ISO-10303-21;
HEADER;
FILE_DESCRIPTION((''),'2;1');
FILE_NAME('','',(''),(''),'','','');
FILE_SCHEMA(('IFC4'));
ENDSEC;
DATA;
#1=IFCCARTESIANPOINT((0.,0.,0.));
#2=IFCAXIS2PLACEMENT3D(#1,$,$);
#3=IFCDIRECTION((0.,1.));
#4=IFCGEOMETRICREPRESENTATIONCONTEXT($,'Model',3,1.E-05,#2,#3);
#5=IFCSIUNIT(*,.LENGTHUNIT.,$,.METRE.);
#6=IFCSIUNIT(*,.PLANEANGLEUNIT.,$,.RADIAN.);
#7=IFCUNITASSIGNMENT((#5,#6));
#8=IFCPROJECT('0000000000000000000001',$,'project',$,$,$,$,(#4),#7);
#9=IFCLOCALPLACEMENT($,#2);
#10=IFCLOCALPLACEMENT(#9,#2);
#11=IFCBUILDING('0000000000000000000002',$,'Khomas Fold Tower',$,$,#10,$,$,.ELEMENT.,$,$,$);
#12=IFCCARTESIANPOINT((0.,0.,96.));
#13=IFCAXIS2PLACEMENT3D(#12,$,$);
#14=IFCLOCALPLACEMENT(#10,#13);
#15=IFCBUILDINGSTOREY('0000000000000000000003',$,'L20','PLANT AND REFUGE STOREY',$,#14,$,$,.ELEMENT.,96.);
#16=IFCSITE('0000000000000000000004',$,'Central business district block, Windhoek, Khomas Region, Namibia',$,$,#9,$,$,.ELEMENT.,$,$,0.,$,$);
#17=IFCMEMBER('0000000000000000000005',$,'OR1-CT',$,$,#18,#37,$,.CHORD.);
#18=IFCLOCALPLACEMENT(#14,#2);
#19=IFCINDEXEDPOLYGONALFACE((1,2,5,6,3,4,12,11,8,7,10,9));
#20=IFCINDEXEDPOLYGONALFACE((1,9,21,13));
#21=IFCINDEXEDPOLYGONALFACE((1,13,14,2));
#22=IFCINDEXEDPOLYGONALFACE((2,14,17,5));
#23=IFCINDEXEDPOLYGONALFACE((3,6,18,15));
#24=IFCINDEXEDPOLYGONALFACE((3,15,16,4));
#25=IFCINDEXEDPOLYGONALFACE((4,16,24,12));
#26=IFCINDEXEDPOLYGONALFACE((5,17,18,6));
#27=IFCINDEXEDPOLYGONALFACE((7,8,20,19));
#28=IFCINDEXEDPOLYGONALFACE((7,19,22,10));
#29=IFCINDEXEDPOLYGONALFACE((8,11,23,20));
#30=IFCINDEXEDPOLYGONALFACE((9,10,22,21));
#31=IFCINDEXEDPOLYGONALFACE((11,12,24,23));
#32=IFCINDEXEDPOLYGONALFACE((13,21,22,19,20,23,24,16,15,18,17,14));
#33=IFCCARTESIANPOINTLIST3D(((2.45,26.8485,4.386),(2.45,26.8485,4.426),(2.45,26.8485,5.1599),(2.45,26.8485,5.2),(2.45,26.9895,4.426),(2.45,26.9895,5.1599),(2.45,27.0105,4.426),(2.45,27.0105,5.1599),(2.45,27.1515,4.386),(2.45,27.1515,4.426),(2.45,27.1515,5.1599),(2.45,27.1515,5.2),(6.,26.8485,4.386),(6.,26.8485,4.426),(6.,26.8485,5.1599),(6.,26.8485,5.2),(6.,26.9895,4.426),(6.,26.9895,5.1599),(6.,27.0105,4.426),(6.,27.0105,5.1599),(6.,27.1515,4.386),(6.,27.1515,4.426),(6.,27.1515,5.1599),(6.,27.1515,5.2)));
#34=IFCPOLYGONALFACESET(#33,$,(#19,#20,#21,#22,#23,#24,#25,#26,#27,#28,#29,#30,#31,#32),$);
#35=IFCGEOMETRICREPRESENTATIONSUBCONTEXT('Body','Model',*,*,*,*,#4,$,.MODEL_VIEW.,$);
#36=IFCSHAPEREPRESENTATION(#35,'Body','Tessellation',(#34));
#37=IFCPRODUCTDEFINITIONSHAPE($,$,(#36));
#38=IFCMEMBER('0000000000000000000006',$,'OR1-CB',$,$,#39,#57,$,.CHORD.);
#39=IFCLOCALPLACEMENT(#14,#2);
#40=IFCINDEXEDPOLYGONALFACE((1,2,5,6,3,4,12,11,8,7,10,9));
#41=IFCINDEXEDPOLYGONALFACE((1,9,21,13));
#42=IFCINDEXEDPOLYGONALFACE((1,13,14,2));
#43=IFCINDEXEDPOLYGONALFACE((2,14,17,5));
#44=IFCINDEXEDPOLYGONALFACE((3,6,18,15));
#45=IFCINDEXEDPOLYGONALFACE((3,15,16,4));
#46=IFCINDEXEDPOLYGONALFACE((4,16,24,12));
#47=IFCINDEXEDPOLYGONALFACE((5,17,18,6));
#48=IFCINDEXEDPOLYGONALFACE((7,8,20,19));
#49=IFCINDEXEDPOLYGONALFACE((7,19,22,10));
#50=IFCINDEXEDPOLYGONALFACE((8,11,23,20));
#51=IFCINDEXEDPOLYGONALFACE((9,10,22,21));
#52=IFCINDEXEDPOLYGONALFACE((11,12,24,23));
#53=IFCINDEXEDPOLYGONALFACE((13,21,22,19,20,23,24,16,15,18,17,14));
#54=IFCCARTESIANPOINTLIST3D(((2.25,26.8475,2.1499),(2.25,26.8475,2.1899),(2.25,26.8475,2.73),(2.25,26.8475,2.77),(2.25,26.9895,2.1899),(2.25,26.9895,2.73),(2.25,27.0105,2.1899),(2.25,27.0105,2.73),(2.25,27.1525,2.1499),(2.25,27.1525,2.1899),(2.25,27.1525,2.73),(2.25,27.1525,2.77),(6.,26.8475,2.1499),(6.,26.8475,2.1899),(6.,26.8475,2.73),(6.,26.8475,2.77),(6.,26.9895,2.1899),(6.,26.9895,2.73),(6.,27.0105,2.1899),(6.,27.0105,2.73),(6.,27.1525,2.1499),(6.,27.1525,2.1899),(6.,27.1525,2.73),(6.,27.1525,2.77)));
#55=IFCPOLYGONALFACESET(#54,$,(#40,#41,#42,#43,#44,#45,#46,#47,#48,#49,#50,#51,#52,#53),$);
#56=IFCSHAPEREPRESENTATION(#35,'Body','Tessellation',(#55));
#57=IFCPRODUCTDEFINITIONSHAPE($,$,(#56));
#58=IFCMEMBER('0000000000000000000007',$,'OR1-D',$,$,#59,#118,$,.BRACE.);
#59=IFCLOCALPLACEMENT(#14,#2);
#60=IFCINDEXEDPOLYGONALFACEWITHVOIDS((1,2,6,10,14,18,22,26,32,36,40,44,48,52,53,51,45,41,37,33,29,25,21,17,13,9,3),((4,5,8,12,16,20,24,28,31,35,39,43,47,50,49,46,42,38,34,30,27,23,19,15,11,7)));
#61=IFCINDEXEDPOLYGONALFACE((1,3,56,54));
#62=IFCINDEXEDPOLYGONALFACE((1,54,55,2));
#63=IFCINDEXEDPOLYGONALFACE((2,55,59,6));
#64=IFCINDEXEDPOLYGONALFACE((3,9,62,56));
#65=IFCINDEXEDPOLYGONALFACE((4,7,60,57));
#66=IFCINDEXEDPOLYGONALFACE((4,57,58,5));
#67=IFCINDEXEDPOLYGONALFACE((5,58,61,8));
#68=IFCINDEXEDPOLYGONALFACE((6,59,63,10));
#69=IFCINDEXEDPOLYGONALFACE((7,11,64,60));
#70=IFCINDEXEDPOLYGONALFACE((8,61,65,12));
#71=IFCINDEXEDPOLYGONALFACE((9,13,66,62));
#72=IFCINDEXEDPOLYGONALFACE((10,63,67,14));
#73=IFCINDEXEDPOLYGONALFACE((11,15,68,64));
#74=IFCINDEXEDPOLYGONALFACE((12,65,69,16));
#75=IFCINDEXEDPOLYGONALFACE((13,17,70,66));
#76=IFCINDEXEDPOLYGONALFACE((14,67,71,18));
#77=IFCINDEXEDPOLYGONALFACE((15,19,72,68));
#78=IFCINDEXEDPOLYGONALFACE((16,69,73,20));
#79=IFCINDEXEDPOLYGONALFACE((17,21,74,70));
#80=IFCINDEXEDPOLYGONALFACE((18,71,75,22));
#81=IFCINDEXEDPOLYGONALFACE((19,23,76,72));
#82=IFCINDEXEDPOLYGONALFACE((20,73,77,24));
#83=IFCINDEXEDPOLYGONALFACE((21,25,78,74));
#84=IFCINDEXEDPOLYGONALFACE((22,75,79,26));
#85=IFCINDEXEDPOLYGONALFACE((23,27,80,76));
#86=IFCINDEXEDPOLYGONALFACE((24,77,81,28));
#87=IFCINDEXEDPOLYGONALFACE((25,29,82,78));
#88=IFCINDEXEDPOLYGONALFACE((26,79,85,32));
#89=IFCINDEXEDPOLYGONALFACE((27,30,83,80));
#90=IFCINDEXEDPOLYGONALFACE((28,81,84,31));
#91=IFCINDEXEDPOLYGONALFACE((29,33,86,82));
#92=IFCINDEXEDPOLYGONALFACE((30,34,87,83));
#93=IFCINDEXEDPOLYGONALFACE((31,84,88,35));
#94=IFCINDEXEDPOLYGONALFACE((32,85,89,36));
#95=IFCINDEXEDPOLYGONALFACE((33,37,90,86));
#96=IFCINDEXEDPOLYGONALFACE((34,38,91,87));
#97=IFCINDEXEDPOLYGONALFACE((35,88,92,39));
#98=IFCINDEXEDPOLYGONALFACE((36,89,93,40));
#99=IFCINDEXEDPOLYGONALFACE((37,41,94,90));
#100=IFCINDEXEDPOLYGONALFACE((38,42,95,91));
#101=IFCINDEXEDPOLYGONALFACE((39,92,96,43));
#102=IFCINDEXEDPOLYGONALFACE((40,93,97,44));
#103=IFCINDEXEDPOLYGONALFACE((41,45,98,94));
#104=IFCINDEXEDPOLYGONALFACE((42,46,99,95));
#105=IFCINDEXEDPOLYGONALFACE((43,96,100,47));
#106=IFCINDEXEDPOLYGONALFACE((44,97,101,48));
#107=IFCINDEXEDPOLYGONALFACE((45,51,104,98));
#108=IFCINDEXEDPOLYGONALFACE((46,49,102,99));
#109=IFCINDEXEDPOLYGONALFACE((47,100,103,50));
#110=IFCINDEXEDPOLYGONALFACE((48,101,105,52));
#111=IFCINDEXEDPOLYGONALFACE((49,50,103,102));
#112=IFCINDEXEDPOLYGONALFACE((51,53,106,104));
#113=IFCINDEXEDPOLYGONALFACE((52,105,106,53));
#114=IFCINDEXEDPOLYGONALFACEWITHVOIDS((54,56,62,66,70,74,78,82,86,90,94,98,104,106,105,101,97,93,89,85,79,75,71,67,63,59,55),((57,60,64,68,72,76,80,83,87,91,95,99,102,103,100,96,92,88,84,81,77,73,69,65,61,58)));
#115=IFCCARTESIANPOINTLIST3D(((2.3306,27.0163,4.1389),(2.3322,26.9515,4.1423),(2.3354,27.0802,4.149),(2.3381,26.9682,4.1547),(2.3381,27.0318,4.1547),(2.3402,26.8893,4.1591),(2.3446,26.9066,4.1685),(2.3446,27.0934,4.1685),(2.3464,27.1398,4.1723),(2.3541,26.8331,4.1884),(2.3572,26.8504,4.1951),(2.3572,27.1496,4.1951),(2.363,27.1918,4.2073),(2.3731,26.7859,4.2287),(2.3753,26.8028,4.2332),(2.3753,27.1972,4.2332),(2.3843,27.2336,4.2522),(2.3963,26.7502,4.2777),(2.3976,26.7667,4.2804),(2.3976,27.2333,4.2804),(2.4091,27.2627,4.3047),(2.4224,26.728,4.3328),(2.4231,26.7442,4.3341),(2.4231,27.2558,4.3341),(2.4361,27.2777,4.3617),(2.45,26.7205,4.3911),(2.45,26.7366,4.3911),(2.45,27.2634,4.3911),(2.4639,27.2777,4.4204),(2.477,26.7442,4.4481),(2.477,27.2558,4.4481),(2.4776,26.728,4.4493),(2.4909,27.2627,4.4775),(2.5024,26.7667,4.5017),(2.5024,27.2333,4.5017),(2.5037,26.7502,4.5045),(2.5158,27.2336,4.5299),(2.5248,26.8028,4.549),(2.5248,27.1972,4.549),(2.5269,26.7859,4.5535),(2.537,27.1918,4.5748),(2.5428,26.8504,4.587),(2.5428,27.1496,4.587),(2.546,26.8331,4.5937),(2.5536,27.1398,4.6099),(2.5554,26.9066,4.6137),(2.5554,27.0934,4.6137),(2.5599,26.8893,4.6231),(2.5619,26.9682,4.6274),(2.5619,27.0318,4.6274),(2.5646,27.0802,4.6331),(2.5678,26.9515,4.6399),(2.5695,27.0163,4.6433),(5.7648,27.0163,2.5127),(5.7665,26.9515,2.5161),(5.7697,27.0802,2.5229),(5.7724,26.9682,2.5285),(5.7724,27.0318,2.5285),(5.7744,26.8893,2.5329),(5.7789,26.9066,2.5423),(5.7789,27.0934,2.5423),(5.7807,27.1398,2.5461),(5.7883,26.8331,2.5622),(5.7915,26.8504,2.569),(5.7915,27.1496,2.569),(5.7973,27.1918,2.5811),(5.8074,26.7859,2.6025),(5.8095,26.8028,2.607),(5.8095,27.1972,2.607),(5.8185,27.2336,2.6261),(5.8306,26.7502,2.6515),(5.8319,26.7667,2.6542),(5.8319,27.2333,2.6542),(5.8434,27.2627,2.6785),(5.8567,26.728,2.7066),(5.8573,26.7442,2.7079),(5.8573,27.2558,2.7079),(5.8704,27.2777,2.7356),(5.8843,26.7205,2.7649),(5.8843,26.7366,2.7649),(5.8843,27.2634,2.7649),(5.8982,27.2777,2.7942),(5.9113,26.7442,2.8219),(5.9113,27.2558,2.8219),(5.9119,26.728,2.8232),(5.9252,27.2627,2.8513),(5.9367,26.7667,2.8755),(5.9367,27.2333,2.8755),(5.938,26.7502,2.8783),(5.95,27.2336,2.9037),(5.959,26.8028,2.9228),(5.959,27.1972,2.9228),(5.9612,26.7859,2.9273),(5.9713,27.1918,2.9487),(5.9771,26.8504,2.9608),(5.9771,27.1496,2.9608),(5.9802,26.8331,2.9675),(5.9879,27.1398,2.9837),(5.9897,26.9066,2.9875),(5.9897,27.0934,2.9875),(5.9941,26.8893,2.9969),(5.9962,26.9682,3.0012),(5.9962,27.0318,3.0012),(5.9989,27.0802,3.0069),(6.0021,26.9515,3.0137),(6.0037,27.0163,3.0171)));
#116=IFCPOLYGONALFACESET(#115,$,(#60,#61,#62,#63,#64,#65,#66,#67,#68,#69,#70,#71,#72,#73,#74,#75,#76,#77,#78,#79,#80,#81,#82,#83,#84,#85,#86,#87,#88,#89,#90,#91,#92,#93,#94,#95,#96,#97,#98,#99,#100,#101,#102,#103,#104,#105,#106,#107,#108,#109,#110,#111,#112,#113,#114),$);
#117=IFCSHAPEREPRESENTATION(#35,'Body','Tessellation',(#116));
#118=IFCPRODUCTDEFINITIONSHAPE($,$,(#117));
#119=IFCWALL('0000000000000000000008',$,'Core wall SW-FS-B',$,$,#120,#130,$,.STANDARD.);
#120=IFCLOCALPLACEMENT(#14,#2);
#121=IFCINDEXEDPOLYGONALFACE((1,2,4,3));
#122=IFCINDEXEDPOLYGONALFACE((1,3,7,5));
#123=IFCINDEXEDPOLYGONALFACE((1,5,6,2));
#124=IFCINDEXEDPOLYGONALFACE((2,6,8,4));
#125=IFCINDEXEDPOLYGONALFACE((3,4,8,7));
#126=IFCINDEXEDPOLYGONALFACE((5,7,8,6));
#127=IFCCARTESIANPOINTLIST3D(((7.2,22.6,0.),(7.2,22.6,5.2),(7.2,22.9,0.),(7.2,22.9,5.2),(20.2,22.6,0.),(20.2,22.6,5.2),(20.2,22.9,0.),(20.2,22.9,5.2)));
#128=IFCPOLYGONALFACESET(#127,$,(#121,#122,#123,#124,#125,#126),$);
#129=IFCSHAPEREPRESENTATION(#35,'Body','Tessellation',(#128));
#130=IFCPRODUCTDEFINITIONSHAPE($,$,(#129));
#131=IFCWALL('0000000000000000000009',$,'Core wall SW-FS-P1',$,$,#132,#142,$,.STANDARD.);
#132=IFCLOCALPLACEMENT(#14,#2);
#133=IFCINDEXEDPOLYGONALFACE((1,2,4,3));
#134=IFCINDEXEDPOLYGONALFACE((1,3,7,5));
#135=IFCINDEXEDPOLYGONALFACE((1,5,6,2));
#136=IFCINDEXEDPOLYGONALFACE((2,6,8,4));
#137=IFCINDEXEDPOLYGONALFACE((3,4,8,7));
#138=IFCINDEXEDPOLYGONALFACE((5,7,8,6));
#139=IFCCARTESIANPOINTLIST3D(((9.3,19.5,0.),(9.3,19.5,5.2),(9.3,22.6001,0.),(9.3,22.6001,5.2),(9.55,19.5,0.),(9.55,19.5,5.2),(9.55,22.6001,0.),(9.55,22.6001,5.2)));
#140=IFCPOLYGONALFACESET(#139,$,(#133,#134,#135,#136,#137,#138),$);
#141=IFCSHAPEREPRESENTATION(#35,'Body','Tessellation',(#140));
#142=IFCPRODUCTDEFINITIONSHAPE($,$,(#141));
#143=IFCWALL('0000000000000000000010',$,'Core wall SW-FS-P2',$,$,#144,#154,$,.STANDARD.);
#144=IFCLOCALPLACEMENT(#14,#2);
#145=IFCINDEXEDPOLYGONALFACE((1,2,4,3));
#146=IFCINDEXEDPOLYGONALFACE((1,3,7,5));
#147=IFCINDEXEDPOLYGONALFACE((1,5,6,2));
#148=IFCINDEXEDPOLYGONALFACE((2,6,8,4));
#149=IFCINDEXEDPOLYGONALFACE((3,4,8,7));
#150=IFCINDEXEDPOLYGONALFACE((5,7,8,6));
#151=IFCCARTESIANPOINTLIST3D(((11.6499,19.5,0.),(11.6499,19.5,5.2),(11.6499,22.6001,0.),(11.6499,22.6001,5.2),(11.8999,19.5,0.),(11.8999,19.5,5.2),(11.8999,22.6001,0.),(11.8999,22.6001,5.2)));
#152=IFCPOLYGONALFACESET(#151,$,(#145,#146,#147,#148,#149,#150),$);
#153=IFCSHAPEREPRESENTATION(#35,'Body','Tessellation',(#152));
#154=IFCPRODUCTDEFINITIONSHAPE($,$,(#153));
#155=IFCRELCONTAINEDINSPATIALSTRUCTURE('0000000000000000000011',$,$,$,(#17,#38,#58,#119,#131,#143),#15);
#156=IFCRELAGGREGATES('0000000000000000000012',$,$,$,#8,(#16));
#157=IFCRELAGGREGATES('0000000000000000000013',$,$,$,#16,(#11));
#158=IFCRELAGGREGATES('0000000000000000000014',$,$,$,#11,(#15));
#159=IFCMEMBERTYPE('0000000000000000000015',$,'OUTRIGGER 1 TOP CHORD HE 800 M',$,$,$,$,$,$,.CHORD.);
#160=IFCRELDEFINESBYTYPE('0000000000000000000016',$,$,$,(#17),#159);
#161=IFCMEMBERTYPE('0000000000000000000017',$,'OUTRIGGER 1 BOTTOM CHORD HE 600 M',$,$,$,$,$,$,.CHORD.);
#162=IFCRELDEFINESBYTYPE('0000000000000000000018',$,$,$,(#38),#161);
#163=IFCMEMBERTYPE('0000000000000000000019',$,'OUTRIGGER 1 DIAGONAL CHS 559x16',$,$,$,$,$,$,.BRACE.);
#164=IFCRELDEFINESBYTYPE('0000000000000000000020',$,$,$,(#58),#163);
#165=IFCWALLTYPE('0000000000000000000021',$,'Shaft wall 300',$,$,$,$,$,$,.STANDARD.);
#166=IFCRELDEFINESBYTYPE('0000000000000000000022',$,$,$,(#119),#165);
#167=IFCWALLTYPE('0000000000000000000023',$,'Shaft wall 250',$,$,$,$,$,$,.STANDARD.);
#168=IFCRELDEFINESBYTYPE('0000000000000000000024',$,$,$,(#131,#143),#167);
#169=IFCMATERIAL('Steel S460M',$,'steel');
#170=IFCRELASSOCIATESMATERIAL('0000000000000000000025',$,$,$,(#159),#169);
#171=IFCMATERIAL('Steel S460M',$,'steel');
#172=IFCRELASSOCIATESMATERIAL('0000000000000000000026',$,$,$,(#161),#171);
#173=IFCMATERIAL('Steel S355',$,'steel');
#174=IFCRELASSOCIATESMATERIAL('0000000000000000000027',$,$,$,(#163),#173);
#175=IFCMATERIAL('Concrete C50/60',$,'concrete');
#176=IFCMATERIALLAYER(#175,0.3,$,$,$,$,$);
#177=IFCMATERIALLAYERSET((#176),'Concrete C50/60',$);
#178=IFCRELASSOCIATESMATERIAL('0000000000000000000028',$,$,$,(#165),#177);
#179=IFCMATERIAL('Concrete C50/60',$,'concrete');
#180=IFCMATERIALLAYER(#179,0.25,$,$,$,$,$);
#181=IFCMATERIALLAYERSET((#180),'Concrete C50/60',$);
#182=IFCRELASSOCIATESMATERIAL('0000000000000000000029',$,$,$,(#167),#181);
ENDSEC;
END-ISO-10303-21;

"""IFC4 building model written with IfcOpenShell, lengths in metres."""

from ifc_helpers import new_model, si_unit, direction, frame, frame_2d, origin, origin_2d, place, context, subcontext, project, spatial, rectangle, hollow_circle, i_section, extrude, source, transform, mapped, material, layer, layer_set, material_profile, profile_set, type_object, element, save


model = new_model("IFC4")

# Units and contexts
model_context = context("Model", 3, precision=1e-05, world=origin(), true_north=direction((0.0, 1.0)))
body_context = subcontext(model_context, "Body", "Model", "MODEL_VIEW")
ifc_project = project(units=[si_unit("LENGTHUNIT", "METRE"), si_unit("PLANEANGLEUNIT", "RADIAN")], contexts=[model_context])

# Site, building, storey
site_placement = place(None, origin())
site = spatial("IfcSite", under=ifc_project, at=site_placement, Name="Central business district block, Windhoek, Khomas Region, Namibia", CompositionType="ELEMENT", RefElevation=0.0)
building_placement = place(site_placement, origin())
building = spatial("IfcBuilding", under=site, at=building_placement, Name="Khomas Fold Tower", CompositionType="ELEMENT")
storey_placement = place(building_placement, frame((0.0, 0.0, 96.0)))
storey = spatial("IfcBuildingStorey", under=building, at=storey_placement, Name="L20", Description="PLANT AND REFUGE STOREY", CompositionType="ELEMENT", Elevation=96.0)

# Members
ifc_material_1 = material(Name="Steel S460M", Category="steel")
ifc_material_profile_1 = material_profile(ifc_material_1, i_section(OverallWidth=0.303, OverallDepth=0.814, WebThickness=0.021, FlangeThickness=0.04, at=origin_2d()), Name="HE 800 M")
ifc_profile_set_1 = profile_set([ifc_material_profile_1], Name="Steel S460M")
member_type_1 = type_object("IfcMemberType", Name="OUTRIGGER 1 TOP CHORD HE 800 M", PredefinedType="CHORD", material=ifc_profile_set_1)
shared_shape_1 = source(origin(), body_context, "Body", "SweptSolid", [
    extrude(i_section(OverallWidth=0.303, OverallDepth=0.814, WebThickness=0.021, FlangeThickness=0.04, at=origin_2d()), origin(), (0.0, 0.0, 1.0), 3.55),
])
member_1_placement = place(storey_placement, frame((6.0, 27.0, 4.793), z_axis=(-1.0, 0.0, 0.0), x_axis=(0.0, -1.0, 0.0)))
element("IfcMember", 1, at=member_1_placement, inside=storey, type_object=member_type_1, Name="OR1-CT", PredefinedType="CHORD", context=body_context, shape_type="MappedRepresentation", body=[
    mapped(shared_shape_1, transform((0.0, 0.0, 0.0))),
])
ifc_material_2 = material(Name="Steel S460M", Category="steel")
ifc_material_profile_2 = material_profile(ifc_material_2, i_section(OverallWidth=0.3049, OverallDepth=0.6201, WebThickness=0.021, FlangeThickness=0.04, at=origin_2d()), Name="HE 600 M")
ifc_profile_set_2 = profile_set([ifc_material_profile_2], Name="Steel S460M")
member_type_2 = type_object("IfcMemberType", Name="OUTRIGGER 1 BOTTOM CHORD HE 600 M", PredefinedType="CHORD", material=ifc_profile_set_2)
shared_shape_2 = source(origin(), body_context, "Body", "SweptSolid", [
    extrude(i_section(OverallWidth=0.3049, OverallDepth=0.6201, WebThickness=0.021, FlangeThickness=0.04, at=origin_2d()), origin(), (0.0, 0.0, 1.0), 3.75),
])
member_2_placement = place(storey_placement, frame((6.0, 27.0, 2.46), z_axis=(-1.0, 0.0, 0.0), x_axis=(0.0, -1.0, 0.0)))
element("IfcMember", 2, at=member_2_placement, inside=storey, type_object=member_type_2, Name="OR1-CB", PredefinedType="CHORD", context=body_context, shape_type="MappedRepresentation", body=[
    mapped(shared_shape_2, transform((0.0, 0.0, 0.0))),
])
ifc_material_3 = material(Name="Steel S355", Category="steel")
ifc_material_profile_3 = material_profile(ifc_material_3, hollow_circle(Radius=0.2795, WallThickness=0.0161, at=origin_2d()), Name="CHS 559x16")
ifc_profile_set_3 = profile_set([ifc_material_profile_3], Name="Steel S355")
member_type_3 = type_object("IfcMemberType", Name="OUTRIGGER 1 DIAGONAL CHS 559x16", PredefinedType="BRACE", material=ifc_profile_set_3)
shared_shape_3 = source(origin(), body_context, "Body", "SweptSolid", [
    extrude(hollow_circle(Radius=0.2795, WallThickness=0.0161, at=origin_2d()), origin(), (0.0, 0.0, 1.0), 3.7998),
])
member_3_placement = place(storey_placement, frame((5.8843, 27.0, 2.7649), z_axis=(-0.903795, 0.0, 0.427965), x_axis=(0.0, -1.0, 0.0)))
element("IfcMember", 3, at=member_3_placement, inside=storey, type_object=member_type_3, Name="OR1-D", PredefinedType="BRACE", context=body_context, shape_type="MappedRepresentation", body=[
    mapped(shared_shape_3, transform((0.0, 0.0, 0.0))),
])

# Walls
ifc_material_4 = material(Name="Concrete C50/60", Category="concrete")
ifc_layer_1 = layer(ifc_material_4, 0.3)
ifc_layer_set_1 = layer_set([ifc_layer_1], Name="Concrete C50/60")
wall_type_1 = type_object("IfcWallType", Name="Shaft wall 300", PredefinedType="STANDARD", material=ifc_layer_set_1)
shared_shape_4 = source(origin(), body_context, "Body", "SweptSolid", [
    extrude(rectangle(XDim=13.0, YDim=0.3, at=frame_2d((6.5, 0.0))), origin(), (0.0, 0.0, 1.0), 5.2),
])
wall_1_placement = place(storey_placement, frame((7.2, 22.75, 0.0), z_axis=(0.0, 0.0, 1.0), x_axis=(1.0, 0.0, 0.0)))
element("IfcWall", 4, at=wall_1_placement, inside=storey, type_object=wall_type_1, Name="Core wall SW-FS-B", PredefinedType="STANDARD", context=body_context, shape_type="MappedRepresentation", body=[
    mapped(shared_shape_4, transform((0.0, 0.0, 0.0))),
])
ifc_material_5 = material(Name="Concrete C50/60", Category="concrete")
ifc_layer_2 = layer(ifc_material_5, 0.25)
ifc_layer_set_2 = layer_set([ifc_layer_2], Name="Concrete C50/60")
wall_type_2 = type_object("IfcWallType", Name="Shaft wall 250", PredefinedType="STANDARD", material=ifc_layer_set_2)
shared_shape_5 = source(origin(), body_context, "Body", "SweptSolid", [
    extrude(rectangle(XDim=3.1001, YDim=0.25, at=frame_2d((1.55, 0.0))), origin(), (0.0, 0.0, 1.0), 5.2),
])
for number, where, z_axis, x_axis, name in (
    (5, (9.425, 19.5, 0.0), (0.0, 0.0, 1.0), (0.0, 1.0, 0.0), "Core wall SW-FS-P1"),
    (6, (11.7749, 19.5, 0.0), (0.0, 0.0, 1.0), (0.0, 1.0, 0.0), "Core wall SW-FS-P2"),
):
    element("IfcWall", number, at=place(storey_placement, frame(where, z_axis=z_axis, x_axis=x_axis)), inside=storey, type_object=wall_type_2, Name=name, PredefinedType="STANDARD", context=body_context, shape_type="MappedRepresentation", body=[
        mapped(shared_shape_5, transform((0.0, 0.0, 0.0))),
    ])

save(model, "model.ifc")
